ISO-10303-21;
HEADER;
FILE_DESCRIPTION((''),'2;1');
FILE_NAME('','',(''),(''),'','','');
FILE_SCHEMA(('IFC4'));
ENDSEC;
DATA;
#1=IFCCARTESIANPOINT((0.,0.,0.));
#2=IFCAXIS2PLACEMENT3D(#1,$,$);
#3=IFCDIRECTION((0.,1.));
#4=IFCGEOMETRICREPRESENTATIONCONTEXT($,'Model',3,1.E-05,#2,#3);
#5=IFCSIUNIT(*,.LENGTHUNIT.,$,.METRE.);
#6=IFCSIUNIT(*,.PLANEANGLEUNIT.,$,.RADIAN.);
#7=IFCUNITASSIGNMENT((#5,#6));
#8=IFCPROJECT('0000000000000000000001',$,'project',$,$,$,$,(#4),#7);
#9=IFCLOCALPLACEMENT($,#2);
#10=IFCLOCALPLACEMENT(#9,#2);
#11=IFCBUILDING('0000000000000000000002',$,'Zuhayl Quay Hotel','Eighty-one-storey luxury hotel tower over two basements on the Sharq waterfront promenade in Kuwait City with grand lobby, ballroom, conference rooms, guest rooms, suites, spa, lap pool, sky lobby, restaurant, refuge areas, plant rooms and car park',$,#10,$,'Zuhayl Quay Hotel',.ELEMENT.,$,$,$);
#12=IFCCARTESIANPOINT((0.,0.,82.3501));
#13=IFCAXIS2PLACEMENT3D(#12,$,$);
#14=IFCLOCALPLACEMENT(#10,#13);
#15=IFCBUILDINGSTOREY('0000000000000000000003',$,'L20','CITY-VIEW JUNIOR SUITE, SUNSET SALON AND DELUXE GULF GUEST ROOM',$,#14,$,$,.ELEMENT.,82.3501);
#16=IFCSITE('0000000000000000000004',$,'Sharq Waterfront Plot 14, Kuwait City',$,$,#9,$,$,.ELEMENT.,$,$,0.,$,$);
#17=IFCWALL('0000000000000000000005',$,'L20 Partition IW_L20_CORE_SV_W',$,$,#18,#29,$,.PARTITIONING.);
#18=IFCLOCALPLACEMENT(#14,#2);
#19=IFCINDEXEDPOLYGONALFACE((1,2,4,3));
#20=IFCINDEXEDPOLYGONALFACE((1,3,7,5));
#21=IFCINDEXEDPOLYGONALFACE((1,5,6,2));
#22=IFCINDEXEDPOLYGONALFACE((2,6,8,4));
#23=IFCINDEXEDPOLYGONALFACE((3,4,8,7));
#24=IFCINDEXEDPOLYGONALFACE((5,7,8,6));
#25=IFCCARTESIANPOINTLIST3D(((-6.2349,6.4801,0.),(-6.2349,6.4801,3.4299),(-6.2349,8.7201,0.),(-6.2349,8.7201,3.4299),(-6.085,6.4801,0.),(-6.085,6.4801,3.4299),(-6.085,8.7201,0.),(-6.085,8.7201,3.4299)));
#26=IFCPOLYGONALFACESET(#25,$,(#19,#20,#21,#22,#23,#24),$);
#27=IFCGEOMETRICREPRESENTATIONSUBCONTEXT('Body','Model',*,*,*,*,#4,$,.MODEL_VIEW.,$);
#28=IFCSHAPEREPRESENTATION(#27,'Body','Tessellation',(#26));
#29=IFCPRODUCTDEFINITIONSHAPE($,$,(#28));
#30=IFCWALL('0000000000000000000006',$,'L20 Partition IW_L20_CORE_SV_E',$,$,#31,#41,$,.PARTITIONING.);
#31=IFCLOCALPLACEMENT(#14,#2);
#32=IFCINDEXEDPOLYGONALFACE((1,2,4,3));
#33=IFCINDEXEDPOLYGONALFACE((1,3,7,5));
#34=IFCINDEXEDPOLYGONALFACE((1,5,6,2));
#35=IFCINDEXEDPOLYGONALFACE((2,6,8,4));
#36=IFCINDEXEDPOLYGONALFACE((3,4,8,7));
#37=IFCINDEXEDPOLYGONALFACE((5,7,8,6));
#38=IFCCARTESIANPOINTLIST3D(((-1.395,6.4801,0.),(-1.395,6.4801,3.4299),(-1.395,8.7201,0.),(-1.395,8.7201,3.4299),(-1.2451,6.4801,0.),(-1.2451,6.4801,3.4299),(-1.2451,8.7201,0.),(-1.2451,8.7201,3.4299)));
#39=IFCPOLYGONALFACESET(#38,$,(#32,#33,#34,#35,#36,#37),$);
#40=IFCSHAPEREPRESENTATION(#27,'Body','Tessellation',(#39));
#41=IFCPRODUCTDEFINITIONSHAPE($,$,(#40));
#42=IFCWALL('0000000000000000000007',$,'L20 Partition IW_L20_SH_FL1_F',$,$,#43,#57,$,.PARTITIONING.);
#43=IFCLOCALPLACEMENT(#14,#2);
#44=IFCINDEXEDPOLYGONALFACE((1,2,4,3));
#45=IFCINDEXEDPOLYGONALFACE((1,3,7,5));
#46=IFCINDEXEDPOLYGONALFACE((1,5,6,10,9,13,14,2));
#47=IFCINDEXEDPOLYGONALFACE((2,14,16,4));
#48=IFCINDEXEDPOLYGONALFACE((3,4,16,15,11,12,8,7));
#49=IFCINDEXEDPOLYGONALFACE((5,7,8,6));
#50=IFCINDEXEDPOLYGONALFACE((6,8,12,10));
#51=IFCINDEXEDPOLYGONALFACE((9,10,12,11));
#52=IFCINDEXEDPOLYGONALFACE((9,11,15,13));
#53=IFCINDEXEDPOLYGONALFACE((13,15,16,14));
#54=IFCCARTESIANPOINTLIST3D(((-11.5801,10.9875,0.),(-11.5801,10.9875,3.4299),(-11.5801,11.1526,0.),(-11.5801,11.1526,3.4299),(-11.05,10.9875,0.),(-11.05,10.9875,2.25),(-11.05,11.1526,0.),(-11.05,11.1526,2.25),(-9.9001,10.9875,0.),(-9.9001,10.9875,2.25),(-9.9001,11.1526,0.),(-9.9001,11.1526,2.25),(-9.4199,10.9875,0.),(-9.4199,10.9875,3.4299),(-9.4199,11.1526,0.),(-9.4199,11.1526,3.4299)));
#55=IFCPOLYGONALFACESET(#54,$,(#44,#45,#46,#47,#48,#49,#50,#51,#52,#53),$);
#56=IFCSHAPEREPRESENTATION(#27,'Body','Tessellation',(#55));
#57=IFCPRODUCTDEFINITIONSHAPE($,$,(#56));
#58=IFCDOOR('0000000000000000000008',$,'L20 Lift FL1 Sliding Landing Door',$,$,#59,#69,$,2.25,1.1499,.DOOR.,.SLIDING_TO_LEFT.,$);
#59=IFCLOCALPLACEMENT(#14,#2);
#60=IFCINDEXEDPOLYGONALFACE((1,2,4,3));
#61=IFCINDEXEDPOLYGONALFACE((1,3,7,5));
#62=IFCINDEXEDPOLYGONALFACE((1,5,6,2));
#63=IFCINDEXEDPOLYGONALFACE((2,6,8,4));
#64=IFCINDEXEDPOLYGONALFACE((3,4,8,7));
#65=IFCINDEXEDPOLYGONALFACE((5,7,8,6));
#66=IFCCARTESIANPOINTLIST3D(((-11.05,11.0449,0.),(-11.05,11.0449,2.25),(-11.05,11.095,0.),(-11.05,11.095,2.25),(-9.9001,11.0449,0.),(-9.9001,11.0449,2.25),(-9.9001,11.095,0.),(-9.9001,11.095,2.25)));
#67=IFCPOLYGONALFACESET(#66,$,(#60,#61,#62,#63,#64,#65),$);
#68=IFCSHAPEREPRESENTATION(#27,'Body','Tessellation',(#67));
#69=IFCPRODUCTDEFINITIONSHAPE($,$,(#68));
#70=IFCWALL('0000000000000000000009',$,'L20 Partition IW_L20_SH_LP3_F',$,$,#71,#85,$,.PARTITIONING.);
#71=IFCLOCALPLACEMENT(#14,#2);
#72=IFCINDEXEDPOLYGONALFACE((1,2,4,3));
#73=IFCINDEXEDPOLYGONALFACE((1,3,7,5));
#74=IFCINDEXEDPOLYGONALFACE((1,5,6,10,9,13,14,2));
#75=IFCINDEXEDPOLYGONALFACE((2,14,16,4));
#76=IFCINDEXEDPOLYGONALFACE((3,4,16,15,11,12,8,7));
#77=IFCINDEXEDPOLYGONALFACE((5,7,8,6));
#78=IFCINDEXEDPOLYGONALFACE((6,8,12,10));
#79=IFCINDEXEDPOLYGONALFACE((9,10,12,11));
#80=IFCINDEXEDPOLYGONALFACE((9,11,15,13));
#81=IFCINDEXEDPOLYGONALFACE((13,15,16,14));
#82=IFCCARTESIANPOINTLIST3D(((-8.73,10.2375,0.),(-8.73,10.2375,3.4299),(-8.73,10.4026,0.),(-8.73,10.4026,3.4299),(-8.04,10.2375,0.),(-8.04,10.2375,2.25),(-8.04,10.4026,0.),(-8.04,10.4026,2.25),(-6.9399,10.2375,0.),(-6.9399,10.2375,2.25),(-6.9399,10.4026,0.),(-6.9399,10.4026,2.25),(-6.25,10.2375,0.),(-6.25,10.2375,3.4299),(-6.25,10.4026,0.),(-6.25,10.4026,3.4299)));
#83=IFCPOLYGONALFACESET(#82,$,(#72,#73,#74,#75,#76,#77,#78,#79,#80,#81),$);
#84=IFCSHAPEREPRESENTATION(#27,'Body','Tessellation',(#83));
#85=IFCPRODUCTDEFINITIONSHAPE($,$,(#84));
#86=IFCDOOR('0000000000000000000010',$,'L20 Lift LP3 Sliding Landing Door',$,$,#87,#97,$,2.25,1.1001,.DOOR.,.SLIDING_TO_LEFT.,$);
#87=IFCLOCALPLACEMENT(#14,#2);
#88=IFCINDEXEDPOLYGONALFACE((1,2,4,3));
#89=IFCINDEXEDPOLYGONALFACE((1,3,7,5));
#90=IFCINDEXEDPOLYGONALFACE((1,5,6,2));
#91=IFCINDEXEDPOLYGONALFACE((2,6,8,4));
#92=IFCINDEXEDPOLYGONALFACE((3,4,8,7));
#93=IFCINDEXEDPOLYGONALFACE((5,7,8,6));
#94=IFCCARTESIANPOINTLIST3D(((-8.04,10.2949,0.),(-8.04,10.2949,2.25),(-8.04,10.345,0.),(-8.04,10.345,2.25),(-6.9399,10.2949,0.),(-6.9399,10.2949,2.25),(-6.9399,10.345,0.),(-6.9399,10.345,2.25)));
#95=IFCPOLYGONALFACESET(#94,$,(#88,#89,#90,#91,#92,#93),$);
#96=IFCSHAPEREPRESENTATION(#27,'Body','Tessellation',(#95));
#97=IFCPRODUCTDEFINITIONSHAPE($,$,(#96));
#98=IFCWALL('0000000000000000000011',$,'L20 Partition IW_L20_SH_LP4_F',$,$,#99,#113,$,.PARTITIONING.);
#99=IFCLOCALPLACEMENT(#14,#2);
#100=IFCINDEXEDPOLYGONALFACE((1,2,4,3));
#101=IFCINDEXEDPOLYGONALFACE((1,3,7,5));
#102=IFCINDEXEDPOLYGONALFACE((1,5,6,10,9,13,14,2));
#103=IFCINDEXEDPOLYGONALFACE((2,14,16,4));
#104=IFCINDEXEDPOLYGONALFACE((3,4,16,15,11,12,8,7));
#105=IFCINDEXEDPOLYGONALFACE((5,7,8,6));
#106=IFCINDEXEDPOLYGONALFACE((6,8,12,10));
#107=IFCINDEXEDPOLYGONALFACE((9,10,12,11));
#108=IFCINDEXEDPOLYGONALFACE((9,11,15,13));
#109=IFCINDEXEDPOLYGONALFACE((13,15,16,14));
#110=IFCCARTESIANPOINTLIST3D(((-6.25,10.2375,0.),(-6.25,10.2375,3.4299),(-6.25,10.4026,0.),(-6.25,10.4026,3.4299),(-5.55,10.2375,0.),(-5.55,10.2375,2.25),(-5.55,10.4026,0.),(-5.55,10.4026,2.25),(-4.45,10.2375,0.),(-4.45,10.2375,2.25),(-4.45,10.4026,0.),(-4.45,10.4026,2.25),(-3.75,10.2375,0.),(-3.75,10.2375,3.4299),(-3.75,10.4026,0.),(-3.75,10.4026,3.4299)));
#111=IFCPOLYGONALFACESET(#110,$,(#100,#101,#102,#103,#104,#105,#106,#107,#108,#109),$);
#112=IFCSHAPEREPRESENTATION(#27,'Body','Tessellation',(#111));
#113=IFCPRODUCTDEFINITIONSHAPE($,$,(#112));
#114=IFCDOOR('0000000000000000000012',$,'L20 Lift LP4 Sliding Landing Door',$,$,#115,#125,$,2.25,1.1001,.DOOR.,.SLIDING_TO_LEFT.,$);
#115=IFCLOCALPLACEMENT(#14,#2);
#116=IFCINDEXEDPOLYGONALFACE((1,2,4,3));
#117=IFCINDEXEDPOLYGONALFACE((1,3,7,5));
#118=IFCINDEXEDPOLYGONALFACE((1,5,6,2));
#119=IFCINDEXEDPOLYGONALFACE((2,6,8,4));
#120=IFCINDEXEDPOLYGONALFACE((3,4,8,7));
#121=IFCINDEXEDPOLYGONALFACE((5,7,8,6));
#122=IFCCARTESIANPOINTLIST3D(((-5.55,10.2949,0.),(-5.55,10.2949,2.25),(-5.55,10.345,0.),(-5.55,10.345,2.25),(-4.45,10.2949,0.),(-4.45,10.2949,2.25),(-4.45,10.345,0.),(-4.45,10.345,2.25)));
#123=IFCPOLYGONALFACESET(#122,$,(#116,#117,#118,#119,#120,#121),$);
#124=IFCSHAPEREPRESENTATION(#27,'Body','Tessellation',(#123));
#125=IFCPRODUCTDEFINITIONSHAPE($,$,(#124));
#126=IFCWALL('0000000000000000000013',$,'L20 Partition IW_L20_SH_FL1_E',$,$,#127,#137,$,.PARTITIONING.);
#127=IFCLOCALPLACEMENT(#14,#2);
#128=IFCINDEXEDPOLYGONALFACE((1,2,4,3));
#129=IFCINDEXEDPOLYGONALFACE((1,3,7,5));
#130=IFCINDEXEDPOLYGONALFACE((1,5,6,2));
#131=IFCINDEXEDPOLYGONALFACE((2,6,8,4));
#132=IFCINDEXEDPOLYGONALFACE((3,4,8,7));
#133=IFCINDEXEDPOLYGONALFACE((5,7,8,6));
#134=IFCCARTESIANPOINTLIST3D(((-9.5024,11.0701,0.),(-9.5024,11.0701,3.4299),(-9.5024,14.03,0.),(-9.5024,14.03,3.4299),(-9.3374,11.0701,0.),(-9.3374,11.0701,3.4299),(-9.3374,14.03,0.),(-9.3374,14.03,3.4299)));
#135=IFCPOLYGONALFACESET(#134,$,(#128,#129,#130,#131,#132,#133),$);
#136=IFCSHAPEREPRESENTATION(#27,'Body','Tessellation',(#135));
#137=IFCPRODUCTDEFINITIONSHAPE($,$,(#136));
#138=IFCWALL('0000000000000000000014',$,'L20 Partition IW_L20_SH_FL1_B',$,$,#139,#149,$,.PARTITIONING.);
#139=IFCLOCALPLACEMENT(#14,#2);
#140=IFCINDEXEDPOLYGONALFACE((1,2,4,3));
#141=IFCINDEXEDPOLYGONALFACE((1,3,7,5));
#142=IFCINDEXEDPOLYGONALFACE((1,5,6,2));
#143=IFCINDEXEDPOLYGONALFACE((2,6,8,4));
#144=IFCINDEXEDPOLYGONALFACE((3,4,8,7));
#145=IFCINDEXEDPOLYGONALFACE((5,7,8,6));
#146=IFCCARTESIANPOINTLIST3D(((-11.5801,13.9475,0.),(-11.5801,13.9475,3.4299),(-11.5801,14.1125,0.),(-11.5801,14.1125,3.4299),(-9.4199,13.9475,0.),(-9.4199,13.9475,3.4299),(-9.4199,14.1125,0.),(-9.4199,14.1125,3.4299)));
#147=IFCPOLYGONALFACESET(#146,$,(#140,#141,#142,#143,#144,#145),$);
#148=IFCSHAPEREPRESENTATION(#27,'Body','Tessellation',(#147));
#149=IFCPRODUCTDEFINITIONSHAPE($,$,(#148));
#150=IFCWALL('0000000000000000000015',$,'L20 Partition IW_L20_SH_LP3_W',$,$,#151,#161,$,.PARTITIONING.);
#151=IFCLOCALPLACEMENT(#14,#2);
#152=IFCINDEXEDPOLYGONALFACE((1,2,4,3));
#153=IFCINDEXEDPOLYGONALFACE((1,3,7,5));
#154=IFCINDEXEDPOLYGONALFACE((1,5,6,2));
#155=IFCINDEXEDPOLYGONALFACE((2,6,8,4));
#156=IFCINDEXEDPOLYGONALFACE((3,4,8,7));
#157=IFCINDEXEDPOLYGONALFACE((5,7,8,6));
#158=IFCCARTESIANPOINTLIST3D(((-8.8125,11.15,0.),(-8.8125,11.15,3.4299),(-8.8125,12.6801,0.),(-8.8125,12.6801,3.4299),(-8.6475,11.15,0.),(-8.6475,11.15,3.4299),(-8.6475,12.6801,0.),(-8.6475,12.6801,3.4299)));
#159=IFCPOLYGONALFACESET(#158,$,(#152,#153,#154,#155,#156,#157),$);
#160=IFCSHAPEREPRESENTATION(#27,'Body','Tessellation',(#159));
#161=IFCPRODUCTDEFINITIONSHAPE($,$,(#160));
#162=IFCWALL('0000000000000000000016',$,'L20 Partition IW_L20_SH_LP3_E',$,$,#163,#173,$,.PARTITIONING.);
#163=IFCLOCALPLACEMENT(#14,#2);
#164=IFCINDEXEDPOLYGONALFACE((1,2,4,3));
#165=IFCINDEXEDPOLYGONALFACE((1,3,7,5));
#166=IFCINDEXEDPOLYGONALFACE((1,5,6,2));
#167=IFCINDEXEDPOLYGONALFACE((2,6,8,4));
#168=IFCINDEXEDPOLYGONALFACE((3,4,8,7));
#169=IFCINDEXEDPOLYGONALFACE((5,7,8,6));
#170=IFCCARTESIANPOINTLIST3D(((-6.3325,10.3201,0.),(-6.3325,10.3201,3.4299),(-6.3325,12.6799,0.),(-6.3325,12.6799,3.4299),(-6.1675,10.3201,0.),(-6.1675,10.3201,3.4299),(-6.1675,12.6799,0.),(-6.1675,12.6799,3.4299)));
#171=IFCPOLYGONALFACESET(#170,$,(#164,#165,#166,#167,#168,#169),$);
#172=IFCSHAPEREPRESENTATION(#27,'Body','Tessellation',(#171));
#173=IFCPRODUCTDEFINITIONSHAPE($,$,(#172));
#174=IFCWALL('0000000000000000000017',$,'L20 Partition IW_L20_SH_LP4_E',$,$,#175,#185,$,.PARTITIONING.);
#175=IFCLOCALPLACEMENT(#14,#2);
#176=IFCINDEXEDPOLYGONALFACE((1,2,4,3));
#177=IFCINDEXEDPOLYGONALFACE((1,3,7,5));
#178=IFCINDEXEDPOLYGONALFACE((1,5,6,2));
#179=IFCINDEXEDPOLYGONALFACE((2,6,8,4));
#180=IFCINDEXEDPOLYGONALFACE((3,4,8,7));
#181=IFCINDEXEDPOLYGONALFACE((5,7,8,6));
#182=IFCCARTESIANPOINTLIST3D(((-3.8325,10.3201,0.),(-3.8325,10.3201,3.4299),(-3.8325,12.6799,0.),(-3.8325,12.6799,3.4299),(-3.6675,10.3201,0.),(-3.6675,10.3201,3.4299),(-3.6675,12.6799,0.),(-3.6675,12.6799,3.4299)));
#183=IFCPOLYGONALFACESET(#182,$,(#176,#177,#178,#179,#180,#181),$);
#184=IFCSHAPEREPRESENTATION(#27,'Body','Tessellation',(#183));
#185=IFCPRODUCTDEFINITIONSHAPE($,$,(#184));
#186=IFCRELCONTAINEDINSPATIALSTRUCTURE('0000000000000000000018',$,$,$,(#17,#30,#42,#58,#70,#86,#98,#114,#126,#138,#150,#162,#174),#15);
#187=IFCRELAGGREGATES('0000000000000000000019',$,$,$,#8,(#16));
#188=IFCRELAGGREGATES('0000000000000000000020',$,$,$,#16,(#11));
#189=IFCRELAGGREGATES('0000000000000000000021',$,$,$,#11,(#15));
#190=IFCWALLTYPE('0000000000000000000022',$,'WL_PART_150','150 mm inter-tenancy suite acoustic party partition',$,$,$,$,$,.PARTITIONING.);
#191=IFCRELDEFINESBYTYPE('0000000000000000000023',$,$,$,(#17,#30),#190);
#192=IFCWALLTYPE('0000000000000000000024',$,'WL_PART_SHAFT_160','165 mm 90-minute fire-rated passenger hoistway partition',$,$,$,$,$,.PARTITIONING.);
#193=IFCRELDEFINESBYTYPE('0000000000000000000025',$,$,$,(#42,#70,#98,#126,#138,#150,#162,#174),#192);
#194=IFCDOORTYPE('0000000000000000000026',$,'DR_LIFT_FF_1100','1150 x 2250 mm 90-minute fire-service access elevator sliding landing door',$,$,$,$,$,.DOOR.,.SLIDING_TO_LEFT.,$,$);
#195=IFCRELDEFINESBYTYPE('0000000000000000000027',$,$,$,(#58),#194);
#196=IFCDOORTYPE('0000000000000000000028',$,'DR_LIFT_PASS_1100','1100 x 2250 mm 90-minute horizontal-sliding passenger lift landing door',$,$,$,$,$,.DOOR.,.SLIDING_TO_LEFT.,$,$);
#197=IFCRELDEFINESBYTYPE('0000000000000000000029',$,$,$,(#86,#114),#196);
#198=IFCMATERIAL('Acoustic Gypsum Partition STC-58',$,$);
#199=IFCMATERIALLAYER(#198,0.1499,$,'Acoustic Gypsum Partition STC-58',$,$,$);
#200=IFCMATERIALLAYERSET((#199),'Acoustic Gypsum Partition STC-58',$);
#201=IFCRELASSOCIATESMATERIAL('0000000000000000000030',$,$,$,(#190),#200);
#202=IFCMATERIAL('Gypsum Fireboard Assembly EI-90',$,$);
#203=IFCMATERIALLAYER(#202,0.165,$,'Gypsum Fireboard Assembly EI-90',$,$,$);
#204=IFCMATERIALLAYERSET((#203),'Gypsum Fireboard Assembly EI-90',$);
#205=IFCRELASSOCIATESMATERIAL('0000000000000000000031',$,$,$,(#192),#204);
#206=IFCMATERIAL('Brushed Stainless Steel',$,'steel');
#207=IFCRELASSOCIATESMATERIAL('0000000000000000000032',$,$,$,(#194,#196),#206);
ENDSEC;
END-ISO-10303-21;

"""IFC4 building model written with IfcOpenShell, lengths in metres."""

from ifc_helpers import new_model, si_unit, direction, frame, frame_2d, origin, place, context, subcontext, project, spatial, rectangle, extrude, material, layer, layer_set, type_object, element, fill, save


model = new_model("IFC4")

# Units and contexts
model_context = context("Model", 3, precision=1e-05, world=origin(), true_north=direction((0.0, 1.0)))
body_context = subcontext(model_context, "Body", "Model", "MODEL_VIEW")
ifc_project = project(units=[si_unit("LENGTHUNIT", "METRE"), si_unit("PLANEANGLEUNIT", "RADIAN")], contexts=[model_context])

# Site, building, storey
site_placement = place(None, origin())
site = spatial("IfcSite", under=ifc_project, at=site_placement, Name="Sharq Waterfront Plot 14, Kuwait City", CompositionType="ELEMENT", RefElevation=0.0)
building_placement = place(site_placement, origin())
building = spatial("IfcBuilding", under=site, at=building_placement, Name="Zuhayl Quay Hotel", Description="Eighty-one-storey luxury hotel tower over two basements on the Sharq waterfront promenade in Kuwait City with grand lobby, ballroom, conference rooms, guest rooms, suites, spa, lap pool, sky lobby, restaurant, refuge areas, plant rooms and car park", LongName="Zuhayl Quay Hotel", CompositionType="ELEMENT")
storey_placement = place(building_placement, frame((0.0, 0.0, 82.3501)))
storey = spatial("IfcBuildingStorey", under=building, at=storey_placement, Name="L20", Description="CITY-VIEW JUNIOR SUITE, SUNSET SALON AND DELUXE GULF GUEST ROOM", CompositionType="ELEMENT", Elevation=82.3501)

# Shared definitions
ifc_material_1 = material(Name="Acoustic Gypsum Partition STC-58")
ifc_layer_1 = layer(ifc_material_1, 0.1499, Name="Acoustic Gypsum Partition STC-58")
ifc_layer_set_1 = layer_set([ifc_layer_1], Name="Acoustic Gypsum Partition STC-58")
wall_type_1 = type_object("IfcWallType", Name="WL_PART_150", Description="150 mm inter-tenancy suite acoustic party partition", PredefinedType="PARTITIONING", material=ifc_layer_set_1)

# Walls
for number, where, z_axis, x_axis, name in (
    (1, (-6.1599, 6.48, 0.0), (0.0, 0.0, 1.0), (0.0, 1.0, 0.0), "L20 Partition IW_L20_CORE_SV_W"),
    (2, (-1.3201, 6.48, 0.0), (0.0, 0.0, 1.0), (0.0, 1.0, 0.0), "L20 Partition IW_L20_CORE_SV_E"),
):
    element("IfcWall", number, at=place(storey_placement, frame(where, z_axis=z_axis, x_axis=x_axis)), inside=storey, type_object=wall_type_1, Name=name, PredefinedType="PARTITIONING", context=body_context, shape_type="SweptSolid", body=[
        extrude(rectangle(XDim=2.24, YDim=0.1499, at=frame_2d((1.1201, 0.0))), origin(), (0.0, 0.0, 1.0), 3.4299),
    ])

# Walls, openings, doors
ifc_material_2 = material(Name="Gypsum Fireboard Assembly EI-90")
ifc_layer_2 = layer(ifc_material_2, 0.165, Name="Gypsum Fireboard Assembly EI-90")
ifc_layer_set_2 = layer_set([ifc_layer_2], Name="Gypsum Fireboard Assembly EI-90")
wall_type_2 = type_object("IfcWallType", Name="WL_PART_SHAFT_160", Description="165 mm 90-minute fire-rated passenger hoistway partition", PredefinedType="PARTITIONING", material=ifc_layer_set_2)
wall_1_placement = place(storey_placement, frame((-11.5801, 11.0701, 0.0), z_axis=(0.0, 0.0, 1.0), x_axis=(1.0, 0.0, 0.0)))
wall_1 = element("IfcWall", 3, at=wall_1_placement, inside=storey, type_object=wall_type_2, Name="L20 Partition IW_L20_SH_FL1_F", PredefinedType="PARTITIONING", context=body_context, shape_type="SweptSolid", body=[
    extrude(rectangle(XDim=2.1602, YDim=0.165, at=frame_2d((1.0801, 0.0))), origin(), (0.0, 0.0, 1.0), 3.4299),
])
opening_1_placement = place(wall_1_placement, frame((0.53, 0.0, 0.0)))
opening_1 = element("IfcOpeningElement", 4, at=opening_1_placement, cuts=wall_1, PredefinedType="OPENING", context=body_context, shape_type="SweptSolid", body=[
    extrude(rectangle(XDim=1.1499, YDim=2.25, at=frame_2d((0.575, 1.125))), frame((0.0, 0.0925, 0.0), z_axis=(0.0, -1.0, 0.0), x_axis=(1.0, 0.0, 0.0)), (0.0, 0.0, 1.0), 0.1851),
])
ifc_material_3 = material(Name="Brushed Stainless Steel", Category="steel")
door_type_1 = type_object("IfcDoorType", Name="DR_LIFT_FF_1100", Description="1150 x 2250 mm 90-minute fire-service access elevator sliding landing door", OperationType="SLIDING_TO_LEFT", PredefinedType="DOOR", material=ifc_material_3)
door_1_placement = place(opening_1_placement, origin())
door_1 = element("IfcDoor", 5, at=door_1_placement, inside=storey, type_object=door_type_1, Name="L20 Lift FL1 Sliding Landing Door", OperationType="SLIDING_TO_LEFT", OverallHeight=2.25, OverallWidth=1.1499, PredefinedType="DOOR", context=body_context, shape_type="SweptSolid", body=[
    extrude(rectangle(XDim=1.1499, YDim=2.25, at=frame_2d((0.575, 1.125))), frame((0.0, 0.0249, 0.0), z_axis=(0.0, -1.0, 0.0), x_axis=(1.0, 0.0, 0.0)), (0.0, 0.0, 1.0), 0.05),
])
fill(opening_1, door_1)
wall_2_placement = place(storey_placement, frame((-8.73, 10.3201, 0.0), z_axis=(0.0, 0.0, 1.0), x_axis=(1.0, 0.0, 0.0)))
wall_2 = element("IfcWall", 6, at=wall_2_placement, inside=storey, type_object=wall_type_2, Name="L20 Partition IW_L20_SH_LP3_F", PredefinedType="PARTITIONING", context=body_context, shape_type="SweptSolid", body=[
    extrude(rectangle(XDim=2.48, YDim=0.165, at=frame_2d((1.24, 0.0))), origin(), (0.0, 0.0, 1.0), 3.4299),
])
opening_2_placement = place(wall_2_placement, frame((0.6899, 0.0, 0.0)))
opening_2 = element("IfcOpeningElement", 7, at=opening_2_placement, cuts=wall_2, PredefinedType="OPENING", context=body_context, shape_type="SweptSolid", body=[
    extrude(rectangle(XDim=1.1001, YDim=2.25, at=frame_2d((0.55, 1.125))), frame((0.0, 0.0925, 0.0), z_axis=(0.0, -1.0, 0.0), x_axis=(1.0, 0.0, 0.0)), (0.0, 0.0, 1.0), 0.1851),
])
door_type_2 = type_object("IfcDoorType", Name="DR_LIFT_PASS_1100", Description="1100 x 2250 mm 90-minute horizontal-sliding passenger lift landing door", OperationType="SLIDING_TO_LEFT", PredefinedType="DOOR", material=ifc_material_3)
door_2_placement = place(opening_2_placement, origin())
door_2 = element("IfcDoor", 8, at=door_2_placement, inside=storey, type_object=door_type_2, Name="L20 Lift LP3 Sliding Landing Door", OperationType="SLIDING_TO_LEFT", OverallHeight=2.25, OverallWidth=1.1001, PredefinedType="DOOR", context=body_context, shape_type="SweptSolid", body=[
    extrude(rectangle(XDim=1.1001, YDim=2.25, at=frame_2d((0.55, 1.125))), frame((0.0, 0.0249, 0.0), z_axis=(0.0, -1.0, 0.0), x_axis=(1.0, 0.0, 0.0)), (0.0, 0.0, 1.0), 0.05),
])
fill(opening_2, door_2)
wall_3_placement = place(storey_placement, frame((-6.25, 10.3201, 0.0), z_axis=(0.0, 0.0, 1.0), x_axis=(1.0, 0.0, 0.0)))
wall_3 = element("IfcWall", 9, at=wall_3_placement, inside=storey, type_object=wall_type_2, Name="L20 Partition IW_L20_SH_LP4_F", PredefinedType="PARTITIONING", context=body_context, shape_type="SweptSolid", body=[
    extrude(rectangle(XDim=2.5, YDim=0.165, at=frame_2d((1.25, 0.0))), origin(), (0.0, 0.0, 1.0), 3.4299),
])
opening_3_placement = place(wall_3_placement, frame((0.7, 0.0, 0.0)))
opening_3 = element("IfcOpeningElement", 10, at=opening_3_placement, cuts=wall_3, PredefinedType="OPENING", context=body_context, shape_type="SweptSolid", body=[
    extrude(rectangle(XDim=1.1001, YDim=2.25, at=frame_2d((0.55, 1.125))), frame((0.0, 0.0925, 0.0), z_axis=(0.0, -1.0, 0.0), x_axis=(1.0, 0.0, 0.0)), (0.0, 0.0, 1.0), 0.1851),
])
door_3_placement = place(opening_3_placement, origin())
door_3 = element("IfcDoor", 11, at=door_3_placement, inside=storey, type_object=door_type_2, Name="L20 Lift LP4 Sliding Landing Door", OperationType="SLIDING_TO_LEFT", OverallHeight=2.25, OverallWidth=1.1001, PredefinedType="DOOR", context=body_context, shape_type="SweptSolid", body=[
    extrude(rectangle(XDim=1.1001, YDim=2.25, at=frame_2d((0.55, 1.125))), frame((0.0, 0.0249, 0.0), z_axis=(0.0, -1.0, 0.0), x_axis=(1.0, 0.0, 0.0)), (0.0, 0.0, 1.0), 0.05),
])
fill(opening_3, door_3)

# Walls
wall_4_placement = place(storey_placement, frame((-9.4199, 11.0701, 0.0), z_axis=(0.0, 0.0, 1.0), x_axis=(0.0, 1.0, 0.0)))
element("IfcWall", 12, at=wall_4_placement, inside=storey, type_object=wall_type_2, Name="L20 Partition IW_L20_SH_FL1_E", PredefinedType="PARTITIONING", context=body_context, shape_type="SweptSolid", body=[
    extrude(rectangle(XDim=2.96, YDim=0.165, at=frame_2d((1.48, 0.0))), origin(), (0.0, 0.0, 1.0), 3.4299),
])
wall_5_placement = place(storey_placement, frame((-11.5801, 14.03, 0.0), z_axis=(0.0, 0.0, 1.0), x_axis=(1.0, 0.0, 0.0)))
element("IfcWall", 13, at=wall_5_placement, inside=storey, type_object=wall_type_2, Name="L20 Partition IW_L20_SH_FL1_B", PredefinedType="PARTITIONING", context=body_context, shape_type="SweptSolid", body=[
    extrude(rectangle(XDim=2.1602, YDim=0.165, at=frame_2d((1.0801, 0.0))), origin(), (0.0, 0.0, 1.0), 3.4299),
])
wall_6_placement = place(storey_placement, frame((-8.73, 11.1499, 0.0), z_axis=(0.0, 0.0, 1.0), x_axis=(0.0, 1.0, 0.0)))
element("IfcWall", 14, at=wall_6_placement, inside=storey, type_object=wall_type_2, Name="L20 Partition IW_L20_SH_LP3_W", PredefinedType="PARTITIONING", context=body_context, shape_type="SweptSolid", body=[
    extrude(rectangle(XDim=1.53, YDim=0.165, at=frame_2d((0.7651, 0.0))), origin(), (0.0, 0.0, 1.0), 3.4299),
])
for number, where, z_axis, x_axis, name in (
    (15, (-6.25, 10.3201, 0.0), (0.0, 0.0, 1.0), (0.0, 1.0, 0.0), "L20 Partition IW_L20_SH_LP3_E"),
    (16, (-3.75, 10.3201, 0.0), (0.0, 0.0, 1.0), (0.0, 1.0, 0.0), "L20 Partition IW_L20_SH_LP4_E"),
):
    element("IfcWall", number, at=place(storey_placement, frame(where, z_axis=z_axis, x_axis=x_axis)), inside=storey, type_object=wall_type_2, Name=name, PredefinedType="PARTITIONING", context=body_context, shape_type="SweptSolid", body=[
        extrude(rectangle(XDim=2.3599, YDim=0.165, at=frame_2d((1.1799, 0.0))), origin(), (0.0, 0.0, 1.0), 3.4299),
    ])

save(model, "model.ifc")
